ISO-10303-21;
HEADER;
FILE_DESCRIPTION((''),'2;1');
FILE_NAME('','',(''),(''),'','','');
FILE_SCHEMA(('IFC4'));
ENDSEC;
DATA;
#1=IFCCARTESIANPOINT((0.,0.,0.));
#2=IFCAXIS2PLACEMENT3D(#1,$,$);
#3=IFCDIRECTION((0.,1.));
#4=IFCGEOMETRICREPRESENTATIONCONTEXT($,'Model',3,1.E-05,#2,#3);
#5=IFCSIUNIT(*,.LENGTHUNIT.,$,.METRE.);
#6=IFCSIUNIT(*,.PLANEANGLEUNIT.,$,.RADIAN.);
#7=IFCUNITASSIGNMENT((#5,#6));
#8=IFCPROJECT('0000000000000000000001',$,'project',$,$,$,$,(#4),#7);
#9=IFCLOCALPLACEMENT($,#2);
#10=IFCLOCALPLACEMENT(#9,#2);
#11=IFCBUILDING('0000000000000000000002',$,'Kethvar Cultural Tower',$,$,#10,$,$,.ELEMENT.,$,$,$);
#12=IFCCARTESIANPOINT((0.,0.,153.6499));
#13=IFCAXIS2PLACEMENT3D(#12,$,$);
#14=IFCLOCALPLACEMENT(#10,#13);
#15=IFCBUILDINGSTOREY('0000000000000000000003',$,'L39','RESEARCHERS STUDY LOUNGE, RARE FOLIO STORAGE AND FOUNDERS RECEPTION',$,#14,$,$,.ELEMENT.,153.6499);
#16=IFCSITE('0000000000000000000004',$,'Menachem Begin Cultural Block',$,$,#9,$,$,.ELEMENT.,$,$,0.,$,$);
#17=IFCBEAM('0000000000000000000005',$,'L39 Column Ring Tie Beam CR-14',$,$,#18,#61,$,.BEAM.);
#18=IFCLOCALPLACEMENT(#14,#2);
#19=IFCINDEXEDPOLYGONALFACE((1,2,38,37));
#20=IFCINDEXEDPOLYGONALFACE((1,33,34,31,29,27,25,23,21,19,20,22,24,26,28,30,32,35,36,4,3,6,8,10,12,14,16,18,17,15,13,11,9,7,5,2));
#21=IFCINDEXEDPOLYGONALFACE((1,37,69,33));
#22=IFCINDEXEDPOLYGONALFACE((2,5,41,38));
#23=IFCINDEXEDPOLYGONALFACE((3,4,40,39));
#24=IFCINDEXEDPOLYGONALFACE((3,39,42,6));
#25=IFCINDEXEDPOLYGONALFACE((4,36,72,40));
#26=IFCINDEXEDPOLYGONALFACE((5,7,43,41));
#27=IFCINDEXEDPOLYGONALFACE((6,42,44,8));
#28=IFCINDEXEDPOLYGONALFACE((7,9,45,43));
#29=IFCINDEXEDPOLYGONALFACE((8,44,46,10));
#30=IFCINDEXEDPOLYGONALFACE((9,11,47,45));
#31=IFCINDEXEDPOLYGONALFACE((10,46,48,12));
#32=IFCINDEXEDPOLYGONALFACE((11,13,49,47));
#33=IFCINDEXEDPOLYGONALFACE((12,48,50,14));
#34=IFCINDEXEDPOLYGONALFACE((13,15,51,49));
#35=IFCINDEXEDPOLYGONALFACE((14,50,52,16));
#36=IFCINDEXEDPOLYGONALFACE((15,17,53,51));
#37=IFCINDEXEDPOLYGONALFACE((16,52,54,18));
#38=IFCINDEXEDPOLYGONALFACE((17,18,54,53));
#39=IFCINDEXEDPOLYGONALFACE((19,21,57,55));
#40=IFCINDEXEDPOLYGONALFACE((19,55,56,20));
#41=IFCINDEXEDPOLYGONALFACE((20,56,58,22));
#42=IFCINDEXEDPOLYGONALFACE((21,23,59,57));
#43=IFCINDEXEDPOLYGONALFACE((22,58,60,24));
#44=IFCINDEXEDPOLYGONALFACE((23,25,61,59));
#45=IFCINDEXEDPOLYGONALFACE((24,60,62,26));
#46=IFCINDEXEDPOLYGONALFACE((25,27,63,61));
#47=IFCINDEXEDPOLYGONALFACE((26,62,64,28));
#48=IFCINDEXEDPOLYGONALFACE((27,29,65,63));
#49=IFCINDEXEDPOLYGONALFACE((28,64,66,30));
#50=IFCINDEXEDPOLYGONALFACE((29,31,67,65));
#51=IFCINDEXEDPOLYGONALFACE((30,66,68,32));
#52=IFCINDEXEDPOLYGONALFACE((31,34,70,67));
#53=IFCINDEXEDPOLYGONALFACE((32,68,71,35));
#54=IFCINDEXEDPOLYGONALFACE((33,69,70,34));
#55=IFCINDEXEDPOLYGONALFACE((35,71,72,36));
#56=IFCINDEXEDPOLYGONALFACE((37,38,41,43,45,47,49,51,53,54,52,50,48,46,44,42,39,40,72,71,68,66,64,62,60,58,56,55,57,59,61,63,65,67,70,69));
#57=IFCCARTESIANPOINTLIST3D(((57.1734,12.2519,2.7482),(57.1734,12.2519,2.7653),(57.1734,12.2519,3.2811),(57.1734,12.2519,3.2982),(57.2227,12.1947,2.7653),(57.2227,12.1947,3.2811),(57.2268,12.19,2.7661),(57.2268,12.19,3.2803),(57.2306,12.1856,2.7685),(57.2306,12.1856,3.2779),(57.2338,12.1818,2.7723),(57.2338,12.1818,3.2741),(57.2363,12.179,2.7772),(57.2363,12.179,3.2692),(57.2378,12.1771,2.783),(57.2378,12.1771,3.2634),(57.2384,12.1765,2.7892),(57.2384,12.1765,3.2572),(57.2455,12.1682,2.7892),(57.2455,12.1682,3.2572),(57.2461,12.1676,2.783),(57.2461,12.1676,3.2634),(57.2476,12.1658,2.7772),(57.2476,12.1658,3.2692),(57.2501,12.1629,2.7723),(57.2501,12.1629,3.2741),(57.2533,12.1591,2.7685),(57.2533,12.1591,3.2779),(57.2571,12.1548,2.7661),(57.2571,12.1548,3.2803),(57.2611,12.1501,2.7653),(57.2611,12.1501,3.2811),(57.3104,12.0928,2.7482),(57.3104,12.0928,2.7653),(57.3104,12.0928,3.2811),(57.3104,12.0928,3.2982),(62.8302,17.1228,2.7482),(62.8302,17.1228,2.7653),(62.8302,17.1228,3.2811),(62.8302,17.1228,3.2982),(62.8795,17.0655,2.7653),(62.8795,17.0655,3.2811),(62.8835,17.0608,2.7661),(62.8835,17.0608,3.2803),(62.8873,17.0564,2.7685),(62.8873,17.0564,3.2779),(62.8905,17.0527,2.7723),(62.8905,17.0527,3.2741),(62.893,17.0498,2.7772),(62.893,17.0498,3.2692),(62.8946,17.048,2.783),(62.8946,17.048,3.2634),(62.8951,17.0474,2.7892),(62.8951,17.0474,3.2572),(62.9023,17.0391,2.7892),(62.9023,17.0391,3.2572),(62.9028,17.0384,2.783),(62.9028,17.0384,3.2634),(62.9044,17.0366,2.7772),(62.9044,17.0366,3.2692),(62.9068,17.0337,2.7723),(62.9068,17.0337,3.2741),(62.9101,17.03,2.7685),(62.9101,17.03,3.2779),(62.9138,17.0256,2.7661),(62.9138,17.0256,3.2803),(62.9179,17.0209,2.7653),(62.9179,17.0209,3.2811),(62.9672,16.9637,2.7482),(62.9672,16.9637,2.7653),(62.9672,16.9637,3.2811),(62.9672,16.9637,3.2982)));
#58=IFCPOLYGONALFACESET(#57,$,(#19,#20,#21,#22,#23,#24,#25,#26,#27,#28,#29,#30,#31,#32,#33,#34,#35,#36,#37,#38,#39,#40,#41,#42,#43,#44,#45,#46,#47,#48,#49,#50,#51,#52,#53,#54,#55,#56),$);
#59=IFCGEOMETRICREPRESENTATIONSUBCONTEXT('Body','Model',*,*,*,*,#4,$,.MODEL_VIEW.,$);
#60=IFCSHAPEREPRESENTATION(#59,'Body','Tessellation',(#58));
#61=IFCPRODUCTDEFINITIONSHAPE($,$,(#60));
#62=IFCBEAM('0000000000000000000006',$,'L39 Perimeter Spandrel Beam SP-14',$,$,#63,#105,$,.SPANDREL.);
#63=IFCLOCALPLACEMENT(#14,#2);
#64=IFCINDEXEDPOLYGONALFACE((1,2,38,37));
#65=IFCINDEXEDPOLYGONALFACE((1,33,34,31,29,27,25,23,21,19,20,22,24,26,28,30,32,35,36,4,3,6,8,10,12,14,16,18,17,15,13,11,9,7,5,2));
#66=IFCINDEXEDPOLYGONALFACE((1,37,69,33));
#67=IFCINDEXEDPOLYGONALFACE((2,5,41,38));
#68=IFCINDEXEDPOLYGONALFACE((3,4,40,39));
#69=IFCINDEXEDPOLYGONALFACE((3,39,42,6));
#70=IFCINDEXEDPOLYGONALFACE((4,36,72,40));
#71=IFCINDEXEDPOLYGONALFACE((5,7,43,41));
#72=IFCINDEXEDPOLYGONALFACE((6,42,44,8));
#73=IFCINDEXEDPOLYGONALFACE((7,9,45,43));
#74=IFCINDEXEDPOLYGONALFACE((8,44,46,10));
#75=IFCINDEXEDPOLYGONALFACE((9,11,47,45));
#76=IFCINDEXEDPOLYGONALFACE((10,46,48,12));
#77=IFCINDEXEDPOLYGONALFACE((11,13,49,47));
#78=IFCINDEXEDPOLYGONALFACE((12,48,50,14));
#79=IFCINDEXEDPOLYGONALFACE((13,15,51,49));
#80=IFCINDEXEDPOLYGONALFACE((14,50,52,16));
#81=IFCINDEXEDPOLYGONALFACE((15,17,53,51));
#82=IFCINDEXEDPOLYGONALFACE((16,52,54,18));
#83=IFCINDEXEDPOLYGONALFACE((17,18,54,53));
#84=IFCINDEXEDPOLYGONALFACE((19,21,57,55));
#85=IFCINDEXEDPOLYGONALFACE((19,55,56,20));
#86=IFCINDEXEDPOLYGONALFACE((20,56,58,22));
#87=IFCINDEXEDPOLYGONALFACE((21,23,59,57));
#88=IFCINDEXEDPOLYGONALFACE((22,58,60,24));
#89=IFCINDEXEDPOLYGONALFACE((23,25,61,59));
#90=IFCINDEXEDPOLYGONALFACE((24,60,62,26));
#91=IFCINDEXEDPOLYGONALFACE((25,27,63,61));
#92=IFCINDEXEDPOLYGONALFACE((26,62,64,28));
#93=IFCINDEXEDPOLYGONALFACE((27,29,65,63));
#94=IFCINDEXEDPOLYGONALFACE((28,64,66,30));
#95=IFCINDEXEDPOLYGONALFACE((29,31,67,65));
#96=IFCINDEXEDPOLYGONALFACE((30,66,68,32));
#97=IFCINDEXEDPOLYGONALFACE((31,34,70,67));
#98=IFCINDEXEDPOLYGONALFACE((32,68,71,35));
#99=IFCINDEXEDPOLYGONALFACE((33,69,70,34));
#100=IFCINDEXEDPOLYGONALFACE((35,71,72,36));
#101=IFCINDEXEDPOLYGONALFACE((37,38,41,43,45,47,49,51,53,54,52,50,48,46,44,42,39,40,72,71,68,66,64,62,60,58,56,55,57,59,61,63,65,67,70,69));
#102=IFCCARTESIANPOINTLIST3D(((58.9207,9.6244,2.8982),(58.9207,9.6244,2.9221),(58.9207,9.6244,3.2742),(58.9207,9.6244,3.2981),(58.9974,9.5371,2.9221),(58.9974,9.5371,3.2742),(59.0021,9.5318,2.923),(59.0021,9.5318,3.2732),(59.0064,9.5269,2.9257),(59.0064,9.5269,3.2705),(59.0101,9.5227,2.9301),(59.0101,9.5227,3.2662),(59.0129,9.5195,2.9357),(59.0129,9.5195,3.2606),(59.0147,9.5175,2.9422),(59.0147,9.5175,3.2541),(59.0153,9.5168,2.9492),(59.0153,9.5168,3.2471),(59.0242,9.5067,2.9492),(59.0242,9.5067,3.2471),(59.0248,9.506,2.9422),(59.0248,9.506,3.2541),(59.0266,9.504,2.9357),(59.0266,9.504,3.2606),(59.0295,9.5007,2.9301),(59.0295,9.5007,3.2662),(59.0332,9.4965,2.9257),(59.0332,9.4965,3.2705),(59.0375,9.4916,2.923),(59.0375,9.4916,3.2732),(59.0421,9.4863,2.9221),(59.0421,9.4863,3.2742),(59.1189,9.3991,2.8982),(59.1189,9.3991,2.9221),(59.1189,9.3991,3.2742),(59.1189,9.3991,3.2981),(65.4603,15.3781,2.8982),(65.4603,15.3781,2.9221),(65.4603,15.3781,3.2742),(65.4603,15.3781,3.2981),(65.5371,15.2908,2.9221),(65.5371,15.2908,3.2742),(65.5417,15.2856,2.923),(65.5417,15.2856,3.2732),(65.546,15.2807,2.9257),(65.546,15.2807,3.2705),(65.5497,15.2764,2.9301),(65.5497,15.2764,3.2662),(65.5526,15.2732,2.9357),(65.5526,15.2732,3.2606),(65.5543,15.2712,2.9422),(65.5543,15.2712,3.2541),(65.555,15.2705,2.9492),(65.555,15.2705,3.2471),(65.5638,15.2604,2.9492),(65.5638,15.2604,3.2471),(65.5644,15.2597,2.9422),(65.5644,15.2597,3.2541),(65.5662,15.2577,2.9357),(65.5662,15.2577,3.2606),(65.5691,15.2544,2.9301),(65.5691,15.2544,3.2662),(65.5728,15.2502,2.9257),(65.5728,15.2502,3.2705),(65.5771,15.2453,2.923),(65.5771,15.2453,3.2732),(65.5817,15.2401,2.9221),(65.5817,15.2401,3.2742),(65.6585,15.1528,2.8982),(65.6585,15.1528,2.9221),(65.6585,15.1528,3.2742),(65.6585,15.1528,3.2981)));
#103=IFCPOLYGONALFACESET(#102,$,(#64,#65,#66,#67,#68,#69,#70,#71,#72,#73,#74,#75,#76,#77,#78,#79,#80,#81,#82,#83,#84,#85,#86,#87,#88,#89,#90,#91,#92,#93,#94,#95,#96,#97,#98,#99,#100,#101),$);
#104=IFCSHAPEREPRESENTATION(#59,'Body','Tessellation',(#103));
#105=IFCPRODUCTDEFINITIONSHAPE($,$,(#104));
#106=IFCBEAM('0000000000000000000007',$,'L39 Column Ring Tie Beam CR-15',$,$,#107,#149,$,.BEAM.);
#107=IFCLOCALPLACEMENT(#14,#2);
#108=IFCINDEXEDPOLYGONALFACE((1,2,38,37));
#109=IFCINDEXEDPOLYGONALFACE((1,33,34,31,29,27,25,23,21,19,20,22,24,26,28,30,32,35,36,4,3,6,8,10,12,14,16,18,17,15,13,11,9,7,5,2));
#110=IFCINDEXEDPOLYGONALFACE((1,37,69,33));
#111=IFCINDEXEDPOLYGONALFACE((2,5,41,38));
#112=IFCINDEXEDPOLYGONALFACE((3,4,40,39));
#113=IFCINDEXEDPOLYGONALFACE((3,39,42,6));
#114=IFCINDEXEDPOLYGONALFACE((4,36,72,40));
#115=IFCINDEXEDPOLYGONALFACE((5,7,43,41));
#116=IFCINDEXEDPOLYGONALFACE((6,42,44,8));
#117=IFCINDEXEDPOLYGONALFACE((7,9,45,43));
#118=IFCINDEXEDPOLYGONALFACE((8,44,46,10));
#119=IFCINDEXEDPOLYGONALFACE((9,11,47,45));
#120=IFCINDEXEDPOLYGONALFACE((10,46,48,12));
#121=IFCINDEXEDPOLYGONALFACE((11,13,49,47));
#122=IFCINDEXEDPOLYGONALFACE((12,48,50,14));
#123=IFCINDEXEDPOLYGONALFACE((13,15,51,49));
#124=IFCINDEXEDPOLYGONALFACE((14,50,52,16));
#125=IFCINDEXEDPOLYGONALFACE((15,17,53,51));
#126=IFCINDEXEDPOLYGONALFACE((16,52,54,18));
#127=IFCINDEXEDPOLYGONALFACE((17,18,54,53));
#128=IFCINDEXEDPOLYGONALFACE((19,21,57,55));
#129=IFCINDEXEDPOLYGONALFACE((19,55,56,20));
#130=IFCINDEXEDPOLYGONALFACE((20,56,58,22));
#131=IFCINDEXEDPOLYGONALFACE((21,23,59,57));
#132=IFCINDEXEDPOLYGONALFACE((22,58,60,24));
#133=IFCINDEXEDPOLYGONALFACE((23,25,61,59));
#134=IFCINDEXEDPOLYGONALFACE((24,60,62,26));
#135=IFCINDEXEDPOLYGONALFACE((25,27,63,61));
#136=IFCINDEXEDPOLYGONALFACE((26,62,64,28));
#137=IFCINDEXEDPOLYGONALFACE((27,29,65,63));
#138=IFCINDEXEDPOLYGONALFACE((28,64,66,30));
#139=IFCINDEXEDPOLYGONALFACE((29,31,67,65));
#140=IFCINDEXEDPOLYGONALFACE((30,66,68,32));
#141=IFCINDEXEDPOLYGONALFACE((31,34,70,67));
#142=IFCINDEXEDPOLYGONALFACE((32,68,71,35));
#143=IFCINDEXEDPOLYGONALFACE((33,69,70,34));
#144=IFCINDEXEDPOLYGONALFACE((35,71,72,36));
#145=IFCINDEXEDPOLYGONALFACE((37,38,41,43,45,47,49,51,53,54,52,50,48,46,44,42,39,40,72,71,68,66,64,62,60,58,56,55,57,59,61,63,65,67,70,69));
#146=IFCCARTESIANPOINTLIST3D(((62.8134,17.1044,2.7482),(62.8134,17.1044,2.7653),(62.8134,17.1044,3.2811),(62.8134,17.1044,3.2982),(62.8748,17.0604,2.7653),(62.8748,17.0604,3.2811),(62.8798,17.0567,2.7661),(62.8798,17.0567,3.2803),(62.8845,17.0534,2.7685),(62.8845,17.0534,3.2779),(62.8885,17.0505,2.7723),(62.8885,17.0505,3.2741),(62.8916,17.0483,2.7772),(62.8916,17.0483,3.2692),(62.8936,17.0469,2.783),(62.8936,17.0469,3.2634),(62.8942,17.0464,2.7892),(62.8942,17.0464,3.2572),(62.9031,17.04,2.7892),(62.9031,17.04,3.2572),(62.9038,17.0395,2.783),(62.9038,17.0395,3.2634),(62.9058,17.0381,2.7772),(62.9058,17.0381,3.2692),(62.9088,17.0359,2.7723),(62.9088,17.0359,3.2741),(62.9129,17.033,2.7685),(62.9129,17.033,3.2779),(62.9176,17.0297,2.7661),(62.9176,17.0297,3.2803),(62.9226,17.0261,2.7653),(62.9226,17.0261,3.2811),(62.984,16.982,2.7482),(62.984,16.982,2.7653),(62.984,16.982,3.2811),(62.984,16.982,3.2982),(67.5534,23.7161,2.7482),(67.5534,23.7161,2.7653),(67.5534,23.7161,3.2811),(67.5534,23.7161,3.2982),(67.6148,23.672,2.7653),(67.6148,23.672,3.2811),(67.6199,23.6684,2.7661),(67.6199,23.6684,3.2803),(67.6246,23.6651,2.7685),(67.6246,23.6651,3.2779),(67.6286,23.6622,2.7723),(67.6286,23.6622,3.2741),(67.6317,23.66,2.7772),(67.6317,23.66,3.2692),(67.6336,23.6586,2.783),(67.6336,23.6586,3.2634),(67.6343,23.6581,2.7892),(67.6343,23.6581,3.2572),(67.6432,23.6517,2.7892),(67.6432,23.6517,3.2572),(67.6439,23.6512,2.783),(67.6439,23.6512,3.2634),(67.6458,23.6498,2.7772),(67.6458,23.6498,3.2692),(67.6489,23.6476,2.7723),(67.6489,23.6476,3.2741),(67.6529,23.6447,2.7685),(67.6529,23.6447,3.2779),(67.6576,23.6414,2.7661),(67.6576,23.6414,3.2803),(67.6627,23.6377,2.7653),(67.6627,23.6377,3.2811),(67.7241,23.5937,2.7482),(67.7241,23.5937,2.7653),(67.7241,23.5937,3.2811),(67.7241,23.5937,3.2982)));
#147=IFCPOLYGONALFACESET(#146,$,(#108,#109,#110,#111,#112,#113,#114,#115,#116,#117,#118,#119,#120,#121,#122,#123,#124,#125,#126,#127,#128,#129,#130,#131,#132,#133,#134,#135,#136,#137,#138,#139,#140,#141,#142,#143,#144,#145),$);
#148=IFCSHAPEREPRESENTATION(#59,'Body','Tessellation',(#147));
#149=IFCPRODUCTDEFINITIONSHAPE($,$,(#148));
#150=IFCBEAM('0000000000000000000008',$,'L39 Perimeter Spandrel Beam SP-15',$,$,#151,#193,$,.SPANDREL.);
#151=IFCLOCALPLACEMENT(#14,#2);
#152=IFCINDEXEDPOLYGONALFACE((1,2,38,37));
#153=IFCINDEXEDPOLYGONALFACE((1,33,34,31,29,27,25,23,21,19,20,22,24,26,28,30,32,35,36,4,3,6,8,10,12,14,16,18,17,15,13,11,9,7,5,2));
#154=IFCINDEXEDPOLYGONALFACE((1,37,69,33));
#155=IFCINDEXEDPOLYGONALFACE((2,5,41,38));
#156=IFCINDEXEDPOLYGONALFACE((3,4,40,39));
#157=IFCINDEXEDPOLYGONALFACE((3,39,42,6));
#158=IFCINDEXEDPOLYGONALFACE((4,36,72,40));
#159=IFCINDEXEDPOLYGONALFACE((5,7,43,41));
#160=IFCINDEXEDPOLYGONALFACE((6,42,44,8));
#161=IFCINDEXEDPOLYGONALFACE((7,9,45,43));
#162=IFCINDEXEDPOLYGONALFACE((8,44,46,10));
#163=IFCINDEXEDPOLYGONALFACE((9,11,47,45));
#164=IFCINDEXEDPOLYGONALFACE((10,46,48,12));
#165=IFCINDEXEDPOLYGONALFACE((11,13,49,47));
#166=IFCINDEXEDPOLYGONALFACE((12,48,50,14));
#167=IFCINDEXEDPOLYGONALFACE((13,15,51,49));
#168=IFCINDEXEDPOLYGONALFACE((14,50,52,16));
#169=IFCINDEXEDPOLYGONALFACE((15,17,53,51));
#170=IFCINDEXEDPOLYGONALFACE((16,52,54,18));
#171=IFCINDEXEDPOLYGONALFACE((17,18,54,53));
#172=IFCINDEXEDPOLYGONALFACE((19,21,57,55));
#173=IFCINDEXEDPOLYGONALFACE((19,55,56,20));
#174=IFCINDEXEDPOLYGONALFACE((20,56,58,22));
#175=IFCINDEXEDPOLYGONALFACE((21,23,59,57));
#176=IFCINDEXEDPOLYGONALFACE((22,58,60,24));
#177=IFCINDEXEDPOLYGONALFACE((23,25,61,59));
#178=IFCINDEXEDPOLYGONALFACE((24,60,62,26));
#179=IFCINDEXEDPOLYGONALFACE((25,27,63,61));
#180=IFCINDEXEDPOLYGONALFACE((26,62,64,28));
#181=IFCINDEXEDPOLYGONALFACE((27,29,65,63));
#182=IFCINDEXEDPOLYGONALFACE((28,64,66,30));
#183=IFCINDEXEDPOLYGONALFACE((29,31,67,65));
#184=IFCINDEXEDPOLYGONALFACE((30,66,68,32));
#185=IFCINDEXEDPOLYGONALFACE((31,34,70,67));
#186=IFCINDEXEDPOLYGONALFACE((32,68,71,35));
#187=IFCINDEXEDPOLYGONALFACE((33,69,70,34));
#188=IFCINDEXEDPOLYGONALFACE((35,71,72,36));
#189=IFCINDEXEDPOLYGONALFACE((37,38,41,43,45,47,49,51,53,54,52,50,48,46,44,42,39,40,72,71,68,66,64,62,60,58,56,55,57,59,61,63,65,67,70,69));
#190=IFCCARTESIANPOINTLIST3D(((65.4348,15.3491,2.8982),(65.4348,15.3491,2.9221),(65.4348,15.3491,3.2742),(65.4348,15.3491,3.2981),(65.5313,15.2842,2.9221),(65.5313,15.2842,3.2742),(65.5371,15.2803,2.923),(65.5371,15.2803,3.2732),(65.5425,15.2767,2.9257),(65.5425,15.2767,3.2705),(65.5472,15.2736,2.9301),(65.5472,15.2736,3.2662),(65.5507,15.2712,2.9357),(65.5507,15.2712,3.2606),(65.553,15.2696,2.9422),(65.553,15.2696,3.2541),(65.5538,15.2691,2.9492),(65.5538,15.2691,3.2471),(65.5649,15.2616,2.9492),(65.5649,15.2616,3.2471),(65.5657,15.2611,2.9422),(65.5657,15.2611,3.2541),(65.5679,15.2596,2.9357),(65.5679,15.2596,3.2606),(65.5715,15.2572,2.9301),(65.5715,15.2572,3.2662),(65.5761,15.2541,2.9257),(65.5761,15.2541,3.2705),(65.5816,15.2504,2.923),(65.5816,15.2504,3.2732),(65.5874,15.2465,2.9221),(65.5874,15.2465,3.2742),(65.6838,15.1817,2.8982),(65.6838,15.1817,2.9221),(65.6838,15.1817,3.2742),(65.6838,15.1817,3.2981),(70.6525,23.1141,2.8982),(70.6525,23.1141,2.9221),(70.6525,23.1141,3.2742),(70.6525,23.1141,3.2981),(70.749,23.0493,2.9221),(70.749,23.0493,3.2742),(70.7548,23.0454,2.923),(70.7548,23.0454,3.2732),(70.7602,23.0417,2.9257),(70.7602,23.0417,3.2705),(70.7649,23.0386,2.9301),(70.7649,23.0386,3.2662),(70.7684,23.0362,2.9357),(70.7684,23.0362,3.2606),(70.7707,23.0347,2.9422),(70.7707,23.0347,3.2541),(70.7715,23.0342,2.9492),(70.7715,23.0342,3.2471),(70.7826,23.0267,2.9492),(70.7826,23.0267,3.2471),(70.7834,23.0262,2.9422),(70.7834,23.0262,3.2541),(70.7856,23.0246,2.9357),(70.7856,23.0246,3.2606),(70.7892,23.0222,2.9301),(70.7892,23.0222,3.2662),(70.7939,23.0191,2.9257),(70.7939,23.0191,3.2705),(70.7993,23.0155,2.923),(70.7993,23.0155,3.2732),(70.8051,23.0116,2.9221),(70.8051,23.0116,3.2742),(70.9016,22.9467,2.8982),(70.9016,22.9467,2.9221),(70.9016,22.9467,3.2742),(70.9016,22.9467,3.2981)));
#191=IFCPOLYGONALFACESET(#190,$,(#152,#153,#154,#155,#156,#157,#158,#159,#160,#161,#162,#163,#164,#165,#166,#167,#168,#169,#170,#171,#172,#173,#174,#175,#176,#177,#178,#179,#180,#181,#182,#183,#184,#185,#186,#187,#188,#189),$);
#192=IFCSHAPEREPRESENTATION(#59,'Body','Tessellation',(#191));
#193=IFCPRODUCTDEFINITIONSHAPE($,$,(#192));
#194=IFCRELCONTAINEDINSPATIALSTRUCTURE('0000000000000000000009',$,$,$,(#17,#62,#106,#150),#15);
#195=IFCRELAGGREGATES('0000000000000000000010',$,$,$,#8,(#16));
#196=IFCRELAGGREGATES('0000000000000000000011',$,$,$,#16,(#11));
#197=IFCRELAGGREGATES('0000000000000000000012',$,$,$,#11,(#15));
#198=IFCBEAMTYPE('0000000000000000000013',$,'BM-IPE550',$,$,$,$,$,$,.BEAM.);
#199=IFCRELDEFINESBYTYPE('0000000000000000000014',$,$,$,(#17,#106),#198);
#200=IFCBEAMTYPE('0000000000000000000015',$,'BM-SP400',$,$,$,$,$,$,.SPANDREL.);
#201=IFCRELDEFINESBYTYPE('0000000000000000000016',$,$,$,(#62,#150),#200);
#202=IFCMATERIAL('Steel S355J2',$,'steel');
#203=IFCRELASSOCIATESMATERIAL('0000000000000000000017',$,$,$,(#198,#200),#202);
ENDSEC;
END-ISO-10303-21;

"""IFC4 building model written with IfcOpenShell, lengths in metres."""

from ifc_helpers import new_model, si_unit, direction, frame, origin, origin_2d, place, context, subcontext, project, spatial, i_section, extrude, source, transform, mapped, material, material_profile, profile_set, type_object, element, save


model = new_model("IFC4")

# Units and contexts
model_context = context("Model", 3, precision=1e-05, world=origin(), true_north=direction((0.0, 1.0)))
body_context = subcontext(model_context, "Body", "Model", "MODEL_VIEW")
ifc_project = project(units=[si_unit("LENGTHUNIT", "METRE"), si_unit("PLANEANGLEUNIT", "RADIAN")], contexts=[model_context])

# Site, building, storey
site_placement = place(None, origin())
site = spatial("IfcSite", under=ifc_project, at=site_placement, Name="Menachem Begin Cultural Block", CompositionType="ELEMENT", RefElevation=0.0)
building_placement = place(site_placement, origin())
building = spatial("IfcBuilding", under=site, at=building_placement, Name="Kethvar Cultural Tower", CompositionType="ELEMENT")
storey_placement = place(building_placement, frame((0.0, 0.0, 153.6499)))
storey = spatial("IfcBuildingStorey", under=building, at=storey_placement, Name="L39", Description="RESEARCHERS STUDY LOUNGE, RARE FOLIO STORAGE AND FOUNDERS RECEPTION", CompositionType="ELEMENT", Elevation=153.6499)

# Beams
ifc_material_1 = material(Name="Steel S355J2", Category="steel")
ifc_material_profile_1 = material_profile(ifc_material_1, i_section(OverallWidth=0.21, OverallDepth=0.55, WebThickness=0.011, FlangeThickness=0.0171, FilletRadius=0.0239, at=origin_2d()), Name="Steel S355J2 — IPE550")
ifc_profile_set_1 = profile_set([ifc_material_profile_1], Name="Steel S355J2 — IPE550")
beam_type_1 = type_object("IfcBeamType", Name="BM-IPE550", PredefinedType="BEAM", material=ifc_profile_set_1)
shared_shape_1 = source(origin(), body_context, "Body", "SweptSolid", [
    extrude(i_section(OverallWidth=0.21, OverallDepth=0.55, WebThickness=0.011, FlangeThickness=0.0171, FilletRadius=0.0239, at=origin_2d()), origin(), (0.0, 0.0, 1.0), 7.4648),
])
beam_1_placement = place(storey_placement, frame((57.2419, 12.1724, 3.0232), z_axis=(0.757784, 0.652505, 0.0), x_axis=(-0.652505, 0.757784, 0.0)))
element("IfcBeam", 1, at=beam_1_placement, inside=storey, type_object=beam_type_1, Name="L39 Column Ring Tie Beam CR-14", PredefinedType="BEAM", context=body_context, shape_type="MappedRepresentation", body=[
    mapped(shared_shape_1, transform((0.0, 0.0, 0.0), scale=1.0)),
])
ifc_material_profile_2 = material_profile(ifc_material_1, i_section(OverallWidth=0.3, OverallDepth=0.3999, WebThickness=0.0134, FlangeThickness=0.0239, FilletRadius=0.0271, at=origin_2d()), Name="Steel S355J2 — HEB400")
ifc_profile_set_2 = profile_set([ifc_material_profile_2], Name="Steel S355J2 — HEB400")
beam_type_2 = type_object("IfcBeamType", Name="BM-SP400", PredefinedType="SPANDREL", material=ifc_profile_set_2)
shared_shape_2 = source(origin(), body_context, "Body", "SweptSolid", [
    extrude(i_section(OverallWidth=0.3, OverallDepth=0.3999, WebThickness=0.0134, FlangeThickness=0.0239, FilletRadius=0.0271, at=origin_2d()), origin(), (0.0, 0.0, 1.0), 8.7104),
])
beam_2_placement = place(storey_placement, frame((59.0198, 9.5117, 3.0981), z_axis=(0.750779, 0.660554, 0.0), x_axis=(-0.660554, 0.750779, 0.0)))
element("IfcBeam", 2, at=beam_2_placement, inside=storey, type_object=beam_type_2, Name="L39 Perimeter Spandrel Beam SP-14", PredefinedType="SPANDREL", context=body_context, shape_type="MappedRepresentation", body=[
    mapped(shared_shape_2, transform((0.0, 0.0, 0.0), scale=1.0)),
])
shared_shape_3 = source(origin(), body_context, "Body", "SweptSolid", [
    extrude(i_section(OverallWidth=0.21, OverallDepth=0.55, WebThickness=0.011, FlangeThickness=0.0171, FilletRadius=0.0239, at=origin_2d()), origin(), (0.0, 0.0, 1.0), 8.1353),
])
beam_3_placement = place(storey_placement, frame((62.8987, 17.0432, 3.0232), z_axis=(0.582657, 0.812718, 0.0), x_axis=(-0.812718, 0.582657, 0.0)))
element("IfcBeam", 3, at=beam_3_placement, inside=storey, type_object=beam_type_1, Name="L39 Column Ring Tie Beam CR-15", PredefinedType="BEAM", context=body_context, shape_type="MappedRepresentation", body=[
    mapped(shared_shape_3, transform((0.0, 0.0, 0.0), scale=1.0)),
])
shared_shape_4 = source(origin(), body_context, "Body", "SweptSolid", [
    extrude(i_section(OverallWidth=0.3, OverallDepth=0.3999, WebThickness=0.0134, FlangeThickness=0.0239, FilletRadius=0.0271, at=origin_2d()), origin(), (0.0, 0.0, 1.0), 9.3552),
])
beam_4_placement = place(storey_placement, frame((65.5593, 15.2654, 3.0981), z_axis=(0.557732, 0.830021, 0.0), x_axis=(-0.830021, 0.557732, 0.0)))
element("IfcBeam", 4, at=beam_4_placement, inside=storey, type_object=beam_type_2, Name="L39 Perimeter Spandrel Beam SP-15", PredefinedType="SPANDREL", context=body_context, shape_type="MappedRepresentation", body=[
    mapped(shared_shape_4, transform((0.0, 0.0, 0.0), scale=1.0)),
])

save(model, "model.ifc")
